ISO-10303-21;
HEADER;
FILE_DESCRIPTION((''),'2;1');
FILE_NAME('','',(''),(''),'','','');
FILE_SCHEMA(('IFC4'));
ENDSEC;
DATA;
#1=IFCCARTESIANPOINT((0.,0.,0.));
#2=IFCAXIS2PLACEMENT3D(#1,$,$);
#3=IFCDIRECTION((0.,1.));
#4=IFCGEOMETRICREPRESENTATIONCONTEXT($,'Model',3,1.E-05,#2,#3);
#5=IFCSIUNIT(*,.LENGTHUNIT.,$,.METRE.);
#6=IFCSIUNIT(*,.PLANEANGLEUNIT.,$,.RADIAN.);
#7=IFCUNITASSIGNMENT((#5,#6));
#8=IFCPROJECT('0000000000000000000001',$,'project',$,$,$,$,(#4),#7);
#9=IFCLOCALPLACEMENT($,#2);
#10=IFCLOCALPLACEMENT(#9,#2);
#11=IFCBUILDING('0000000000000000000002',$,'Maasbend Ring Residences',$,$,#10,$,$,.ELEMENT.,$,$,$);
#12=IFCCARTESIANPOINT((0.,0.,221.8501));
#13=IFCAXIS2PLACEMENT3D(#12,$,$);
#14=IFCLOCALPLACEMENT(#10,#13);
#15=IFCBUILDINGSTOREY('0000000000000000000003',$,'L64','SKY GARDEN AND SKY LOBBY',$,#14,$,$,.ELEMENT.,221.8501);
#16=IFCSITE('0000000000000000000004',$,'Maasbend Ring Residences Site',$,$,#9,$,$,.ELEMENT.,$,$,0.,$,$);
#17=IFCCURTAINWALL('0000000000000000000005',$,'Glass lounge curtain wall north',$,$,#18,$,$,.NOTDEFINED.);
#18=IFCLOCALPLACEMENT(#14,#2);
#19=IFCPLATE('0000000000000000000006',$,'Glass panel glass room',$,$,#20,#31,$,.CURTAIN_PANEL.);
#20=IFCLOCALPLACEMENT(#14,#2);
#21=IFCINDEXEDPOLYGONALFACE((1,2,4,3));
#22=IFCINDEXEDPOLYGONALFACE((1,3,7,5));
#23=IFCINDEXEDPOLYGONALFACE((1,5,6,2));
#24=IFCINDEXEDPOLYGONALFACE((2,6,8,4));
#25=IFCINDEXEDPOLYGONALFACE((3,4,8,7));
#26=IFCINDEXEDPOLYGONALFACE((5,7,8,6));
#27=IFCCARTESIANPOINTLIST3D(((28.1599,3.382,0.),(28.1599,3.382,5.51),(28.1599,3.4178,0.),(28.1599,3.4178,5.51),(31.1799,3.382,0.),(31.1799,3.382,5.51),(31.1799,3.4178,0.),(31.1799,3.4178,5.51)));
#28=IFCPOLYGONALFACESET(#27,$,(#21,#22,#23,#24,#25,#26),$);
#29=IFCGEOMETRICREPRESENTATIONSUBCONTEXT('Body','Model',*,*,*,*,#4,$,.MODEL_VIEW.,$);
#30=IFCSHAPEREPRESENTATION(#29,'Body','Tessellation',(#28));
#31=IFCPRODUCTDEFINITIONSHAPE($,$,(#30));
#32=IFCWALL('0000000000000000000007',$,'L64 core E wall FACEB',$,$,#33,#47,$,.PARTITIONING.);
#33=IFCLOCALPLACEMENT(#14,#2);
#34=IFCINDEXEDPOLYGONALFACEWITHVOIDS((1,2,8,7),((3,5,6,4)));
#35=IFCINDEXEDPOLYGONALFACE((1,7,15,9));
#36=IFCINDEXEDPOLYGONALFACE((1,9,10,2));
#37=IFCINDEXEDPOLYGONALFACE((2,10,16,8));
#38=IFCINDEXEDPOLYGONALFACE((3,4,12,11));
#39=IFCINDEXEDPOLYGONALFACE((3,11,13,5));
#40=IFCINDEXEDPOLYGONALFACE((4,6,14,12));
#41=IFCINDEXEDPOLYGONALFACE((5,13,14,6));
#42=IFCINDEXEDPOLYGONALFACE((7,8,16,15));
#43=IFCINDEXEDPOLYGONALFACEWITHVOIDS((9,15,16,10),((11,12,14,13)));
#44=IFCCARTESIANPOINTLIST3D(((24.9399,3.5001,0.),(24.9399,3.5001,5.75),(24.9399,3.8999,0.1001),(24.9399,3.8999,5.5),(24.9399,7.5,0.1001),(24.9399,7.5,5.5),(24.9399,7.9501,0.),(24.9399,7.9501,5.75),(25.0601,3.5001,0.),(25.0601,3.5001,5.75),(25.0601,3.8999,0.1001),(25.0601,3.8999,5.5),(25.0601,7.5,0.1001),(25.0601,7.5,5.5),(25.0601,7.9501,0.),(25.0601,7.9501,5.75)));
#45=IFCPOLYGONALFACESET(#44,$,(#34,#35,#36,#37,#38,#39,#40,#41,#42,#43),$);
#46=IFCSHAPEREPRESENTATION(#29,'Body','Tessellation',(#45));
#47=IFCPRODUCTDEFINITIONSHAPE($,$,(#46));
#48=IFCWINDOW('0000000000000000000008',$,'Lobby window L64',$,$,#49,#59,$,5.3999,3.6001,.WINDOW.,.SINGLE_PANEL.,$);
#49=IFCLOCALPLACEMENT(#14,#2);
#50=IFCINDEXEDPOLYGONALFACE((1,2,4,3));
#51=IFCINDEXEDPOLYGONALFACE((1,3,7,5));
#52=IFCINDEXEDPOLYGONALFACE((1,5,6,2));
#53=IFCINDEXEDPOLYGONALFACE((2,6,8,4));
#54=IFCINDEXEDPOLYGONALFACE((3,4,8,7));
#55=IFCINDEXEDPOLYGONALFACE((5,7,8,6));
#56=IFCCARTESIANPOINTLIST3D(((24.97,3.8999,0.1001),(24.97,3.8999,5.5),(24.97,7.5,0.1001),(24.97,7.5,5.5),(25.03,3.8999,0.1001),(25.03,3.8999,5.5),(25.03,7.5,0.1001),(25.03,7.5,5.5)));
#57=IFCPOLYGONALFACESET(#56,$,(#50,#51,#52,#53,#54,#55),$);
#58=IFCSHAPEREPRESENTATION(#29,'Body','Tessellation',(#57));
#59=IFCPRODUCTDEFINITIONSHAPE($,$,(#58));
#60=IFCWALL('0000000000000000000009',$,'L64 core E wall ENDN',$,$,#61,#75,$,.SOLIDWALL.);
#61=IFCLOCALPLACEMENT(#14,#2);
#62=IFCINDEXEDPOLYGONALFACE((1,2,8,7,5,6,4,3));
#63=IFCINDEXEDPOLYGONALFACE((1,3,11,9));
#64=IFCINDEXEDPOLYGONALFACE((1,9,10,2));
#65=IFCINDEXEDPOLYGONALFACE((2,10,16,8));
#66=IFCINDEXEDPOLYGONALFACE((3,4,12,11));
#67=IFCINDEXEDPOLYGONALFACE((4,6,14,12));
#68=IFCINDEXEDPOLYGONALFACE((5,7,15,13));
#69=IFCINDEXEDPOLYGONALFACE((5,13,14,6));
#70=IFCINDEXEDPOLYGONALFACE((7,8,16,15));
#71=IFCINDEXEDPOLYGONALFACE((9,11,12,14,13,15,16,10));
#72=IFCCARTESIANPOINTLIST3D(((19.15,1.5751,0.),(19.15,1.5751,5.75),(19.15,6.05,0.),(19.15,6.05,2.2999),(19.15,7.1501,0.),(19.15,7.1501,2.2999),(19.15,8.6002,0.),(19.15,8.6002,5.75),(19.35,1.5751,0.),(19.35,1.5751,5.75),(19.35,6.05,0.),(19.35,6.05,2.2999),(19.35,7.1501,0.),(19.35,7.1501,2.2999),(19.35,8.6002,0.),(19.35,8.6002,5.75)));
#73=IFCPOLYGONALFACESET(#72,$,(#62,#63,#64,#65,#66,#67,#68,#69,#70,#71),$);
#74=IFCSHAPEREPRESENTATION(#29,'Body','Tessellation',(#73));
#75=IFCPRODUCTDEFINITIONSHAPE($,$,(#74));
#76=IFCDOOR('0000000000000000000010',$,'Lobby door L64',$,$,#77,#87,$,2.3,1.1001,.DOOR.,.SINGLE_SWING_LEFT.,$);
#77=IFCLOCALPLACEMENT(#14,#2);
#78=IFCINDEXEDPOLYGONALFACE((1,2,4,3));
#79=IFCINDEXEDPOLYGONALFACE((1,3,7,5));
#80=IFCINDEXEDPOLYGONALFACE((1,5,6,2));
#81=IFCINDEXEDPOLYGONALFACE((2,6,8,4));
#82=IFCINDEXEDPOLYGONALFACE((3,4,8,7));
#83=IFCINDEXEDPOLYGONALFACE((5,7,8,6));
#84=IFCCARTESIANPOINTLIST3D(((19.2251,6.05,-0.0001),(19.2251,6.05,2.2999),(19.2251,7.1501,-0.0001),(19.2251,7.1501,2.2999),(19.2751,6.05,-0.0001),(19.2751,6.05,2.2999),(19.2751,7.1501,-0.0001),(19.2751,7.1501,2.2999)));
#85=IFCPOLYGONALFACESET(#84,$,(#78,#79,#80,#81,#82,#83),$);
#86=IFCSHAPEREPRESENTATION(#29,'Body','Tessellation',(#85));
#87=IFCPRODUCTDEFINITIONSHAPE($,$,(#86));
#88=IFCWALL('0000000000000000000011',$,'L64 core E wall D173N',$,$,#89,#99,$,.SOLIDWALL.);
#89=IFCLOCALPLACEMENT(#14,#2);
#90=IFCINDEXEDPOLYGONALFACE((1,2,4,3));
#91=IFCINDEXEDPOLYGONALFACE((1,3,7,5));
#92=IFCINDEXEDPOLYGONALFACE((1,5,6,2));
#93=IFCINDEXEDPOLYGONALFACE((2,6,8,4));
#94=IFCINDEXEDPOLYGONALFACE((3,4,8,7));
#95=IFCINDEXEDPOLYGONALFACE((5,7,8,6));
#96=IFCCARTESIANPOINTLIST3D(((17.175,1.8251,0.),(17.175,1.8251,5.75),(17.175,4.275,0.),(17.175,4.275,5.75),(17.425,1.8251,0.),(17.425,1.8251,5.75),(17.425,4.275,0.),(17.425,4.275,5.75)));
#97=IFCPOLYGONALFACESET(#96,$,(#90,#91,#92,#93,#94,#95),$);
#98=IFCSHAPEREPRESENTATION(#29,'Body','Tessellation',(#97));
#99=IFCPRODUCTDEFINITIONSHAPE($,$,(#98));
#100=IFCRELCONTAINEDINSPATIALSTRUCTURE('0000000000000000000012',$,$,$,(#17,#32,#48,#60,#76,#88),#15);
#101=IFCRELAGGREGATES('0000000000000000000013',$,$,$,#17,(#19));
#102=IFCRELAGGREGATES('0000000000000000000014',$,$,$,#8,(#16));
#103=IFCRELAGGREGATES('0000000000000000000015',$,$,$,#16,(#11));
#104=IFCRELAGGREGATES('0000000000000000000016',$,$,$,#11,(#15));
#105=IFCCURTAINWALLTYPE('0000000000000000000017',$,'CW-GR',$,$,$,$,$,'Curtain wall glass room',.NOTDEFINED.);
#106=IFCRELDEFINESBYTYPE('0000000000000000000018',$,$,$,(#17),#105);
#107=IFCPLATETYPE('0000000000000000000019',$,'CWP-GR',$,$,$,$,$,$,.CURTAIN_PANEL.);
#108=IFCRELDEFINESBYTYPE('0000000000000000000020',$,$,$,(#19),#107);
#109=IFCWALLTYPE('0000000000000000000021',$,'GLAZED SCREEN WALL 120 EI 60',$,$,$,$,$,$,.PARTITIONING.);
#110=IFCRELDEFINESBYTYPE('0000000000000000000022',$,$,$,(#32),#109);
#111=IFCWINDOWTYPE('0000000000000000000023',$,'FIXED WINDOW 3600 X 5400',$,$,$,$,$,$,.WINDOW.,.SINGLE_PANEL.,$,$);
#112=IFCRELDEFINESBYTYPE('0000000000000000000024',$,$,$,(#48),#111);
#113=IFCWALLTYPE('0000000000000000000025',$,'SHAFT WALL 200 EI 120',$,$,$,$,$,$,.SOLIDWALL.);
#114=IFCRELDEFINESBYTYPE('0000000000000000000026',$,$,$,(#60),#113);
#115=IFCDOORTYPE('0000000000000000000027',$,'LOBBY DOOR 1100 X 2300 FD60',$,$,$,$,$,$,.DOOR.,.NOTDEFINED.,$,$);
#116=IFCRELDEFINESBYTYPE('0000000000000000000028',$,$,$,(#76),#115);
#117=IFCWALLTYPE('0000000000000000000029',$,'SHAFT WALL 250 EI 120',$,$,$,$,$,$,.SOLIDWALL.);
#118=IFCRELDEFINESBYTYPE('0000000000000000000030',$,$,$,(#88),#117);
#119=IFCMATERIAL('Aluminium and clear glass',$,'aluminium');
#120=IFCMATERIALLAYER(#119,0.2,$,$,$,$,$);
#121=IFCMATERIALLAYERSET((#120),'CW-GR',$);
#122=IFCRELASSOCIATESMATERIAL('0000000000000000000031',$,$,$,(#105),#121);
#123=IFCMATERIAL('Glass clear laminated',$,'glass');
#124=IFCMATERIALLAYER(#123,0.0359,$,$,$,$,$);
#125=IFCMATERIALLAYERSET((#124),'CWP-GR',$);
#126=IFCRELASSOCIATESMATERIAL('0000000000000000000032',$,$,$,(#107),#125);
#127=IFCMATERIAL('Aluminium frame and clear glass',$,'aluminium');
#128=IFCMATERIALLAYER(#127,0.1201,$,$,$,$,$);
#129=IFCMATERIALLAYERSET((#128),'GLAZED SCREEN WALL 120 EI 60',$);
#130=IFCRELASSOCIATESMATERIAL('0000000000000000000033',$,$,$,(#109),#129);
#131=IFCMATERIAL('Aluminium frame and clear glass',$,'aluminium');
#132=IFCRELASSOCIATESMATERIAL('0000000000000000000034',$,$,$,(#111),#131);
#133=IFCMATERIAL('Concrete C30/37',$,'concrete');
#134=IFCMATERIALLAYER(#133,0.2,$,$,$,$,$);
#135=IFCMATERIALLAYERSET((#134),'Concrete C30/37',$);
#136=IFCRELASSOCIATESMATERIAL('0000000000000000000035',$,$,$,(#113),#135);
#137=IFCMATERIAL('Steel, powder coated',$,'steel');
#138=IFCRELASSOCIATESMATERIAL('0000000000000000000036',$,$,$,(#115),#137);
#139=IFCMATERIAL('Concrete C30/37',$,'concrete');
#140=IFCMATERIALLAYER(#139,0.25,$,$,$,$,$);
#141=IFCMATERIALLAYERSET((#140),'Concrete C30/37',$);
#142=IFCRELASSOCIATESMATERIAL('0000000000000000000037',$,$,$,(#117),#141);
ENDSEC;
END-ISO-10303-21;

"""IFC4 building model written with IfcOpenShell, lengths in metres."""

from ifc_helpers import new_model, si_unit, direction, frame, frame_2d, origin, origin_2d, place, context, subcontext, project, spatial, rectangle, extrude, material, layer, layer_set, type_object, element, fill, aggregate, save


model = new_model("IFC4")

# Units and contexts
model_context = context("Model", 3, precision=1e-05, world=origin(), true_north=direction((0.0, 1.0)))
body_context = subcontext(model_context, "Body", "Model", "MODEL_VIEW")
ifc_project = project(units=[si_unit("LENGTHUNIT", "METRE"), si_unit("PLANEANGLEUNIT", "RADIAN")], contexts=[model_context])

# Site, building, storey
site_placement = place(None, origin())
site = spatial("IfcSite", under=ifc_project, at=site_placement, Name="Maasbend Ring Residences Site", CompositionType="ELEMENT", RefElevation=0.0)
building_placement = place(site_placement, origin())
building = spatial("IfcBuilding", under=site, at=building_placement, Name="Maasbend Ring Residences", CompositionType="ELEMENT")
storey_placement = place(building_placement, frame((0.0, 0.0, 221.8501)))
storey = spatial("IfcBuildingStorey", under=building, at=storey_placement, Name="L64", Description="SKY GARDEN AND SKY LOBBY", CompositionType="ELEMENT", Elevation=221.8501)

# Curtain wall
ifc_material_1 = material(Name="Aluminium and clear glass", Category="aluminium")
ifc_layer_1 = layer(ifc_material_1, 0.2)
ifc_layer_set_1 = layer_set([ifc_layer_1], Name="CW-GR")
curtain_wall_type = type_object("IfcCurtainWallType", Name="CW-GR", ElementType="Curtain wall glass room", PredefinedType="NOTDEFINED", material=ifc_layer_set_1)
curtain_wall_1_placement = place(storey_placement, origin())
curtain_wall_1 = element("IfcCurtainWall", 1, at=curtain_wall_1_placement, inside=storey, type_object=curtain_wall_type, Name="Glass lounge curtain wall north", PredefinedType="NOTDEFINED")

# Plate
ifc_material_2 = material(Name="Glass clear laminated", Category="glass")
ifc_layer_2 = layer(ifc_material_2, 0.0359)
ifc_layer_set_2 = layer_set([ifc_layer_2], Name="CWP-GR")
plate_type = type_object("IfcPlateType", Name="CWP-GR", PredefinedType="CURTAIN_PANEL", material=ifc_layer_set_2)
plate_1_placement = place(storey_placement, frame((29.6699, 3.3999, 0.0), z_axis=(0.0, 0.0, 1.0), x_axis=(1.0, 0.0, 0.0)))
plate_1 = element("IfcPlate", 2, at=plate_1_placement, type_object=plate_type, Name="Glass panel glass room", PredefinedType="CURTAIN_PANEL", context=body_context, shape_type="SweptSolid", body=[
    extrude(rectangle(XDim=3.02, YDim=0.0359, at=origin_2d()), origin(), (0.0, 0.0, 1.0), 5.51),
])
aggregate(curtain_wall_1, [plate_1])

# Wall, opening, window
ifc_material_3 = material(Name="Aluminium frame and clear glass", Category="aluminium")
ifc_layer_3 = layer(ifc_material_3, 0.1201)
ifc_layer_set_3 = layer_set([ifc_layer_3], Name="GLAZED SCREEN WALL 120 EI 60")
wall_type_1 = type_object("IfcWallType", Name="GLAZED SCREEN WALL 120 EI 60", PredefinedType="PARTITIONING", material=ifc_layer_set_3)
wall_1_placement = place(storey_placement, frame((25.0, 3.5, 0.0), z_axis=(0.0, 0.0, 1.0), x_axis=(0.0, 1.0, 0.0)))
wall_1 = element("IfcWall", 3, at=wall_1_placement, inside=storey, type_object=wall_type_1, Name="L64 core E wall FACEB", PredefinedType="PARTITIONING", context=body_context, shape_type="SweptSolid", body=[
    extrude(rectangle(XDim=4.45, YDim=0.1201, at=frame_2d((2.2251, 0.0))), origin(), (0.0, 0.0, 1.0), 5.75),
])
opening_1_placement = place(wall_1_placement, frame((0.3999, 0.0, 0.1001)))
opening_1 = element("IfcOpeningElement", 4, at=opening_1_placement, cuts=wall_1, PredefinedType="OPENING", context=body_context, shape_type="SweptSolid", body=[
    extrude(rectangle(XDim=3.6001, YDim=5.3999, at=frame_2d((1.8, 2.7))), frame((0.0, 0.0701, 0.0), z_axis=(0.0, -1.0, 0.0), x_axis=(1.0, 0.0, 0.0)), (0.0, 0.0, 1.0), 0.1401),
])
ifc_material_4 = material(Name="Aluminium frame and clear glass", Category="aluminium")
window_type = type_object("IfcWindowType", Name="FIXED WINDOW 3600 X 5400", PartitioningType="SINGLE_PANEL", PredefinedType="WINDOW", material=ifc_material_4)
window_placement = place(opening_1_placement, origin())
window = element("IfcWindow", 5, at=window_placement, inside=storey, type_object=window_type, Name="Lobby window L64", OverallHeight=5.3999, OverallWidth=3.6001, PartitioningType="SINGLE_PANEL", PredefinedType="WINDOW", context=body_context, shape_type="SweptSolid", body=[
    extrude(rectangle(XDim=3.6001, YDim=5.3999, at=frame_2d((1.8, 2.7))), frame((0.0, 0.03, 0.0), z_axis=(0.0, -1.0, 0.0), x_axis=(1.0, 0.0, 0.0)), (0.0, 0.0, 1.0), 0.0601),
])
fill(opening_1, window)

# Wall, opening, door
ifc_material_5 = material(Name="Concrete C30/37", Category="concrete")
ifc_layer_4 = layer(ifc_material_5, 0.2)
ifc_layer_set_4 = layer_set([ifc_layer_4], Name="Concrete C30/37")
wall_type_2 = type_object("IfcWallType", Name="SHAFT WALL 200 EI 120", PredefinedType="SOLIDWALL", material=ifc_layer_set_4)
wall_2_placement = place(storey_placement, frame((19.25, 1.575, 0.0), z_axis=(0.0, 0.0, 1.0), x_axis=(0.0, 1.0, 0.0)))
wall_2 = element("IfcWall", 6, at=wall_2_placement, inside=storey, type_object=wall_type_2, Name="L64 core E wall ENDN", PredefinedType="SOLIDWALL", context=body_context, shape_type="SweptSolid", body=[
    extrude(rectangle(XDim=7.0251, YDim=0.2, at=frame_2d((3.5127, 0.0))), origin(), (0.0, 0.0, 1.0), 5.75),
])
opening_2_placement = place(wall_2_placement, frame((4.4751, 0.0, 0.0)))
opening_2 = element("IfcOpeningElement", 7, at=opening_2_placement, cuts=wall_2, PredefinedType="OPENING", context=body_context, shape_type="SweptSolid", body=[
    extrude(rectangle(XDim=1.1001, YDim=2.3, at=frame_2d((0.55, 1.1499))), frame((0.0, 0.1099, 0.0), z_axis=(0.0, -1.0, 0.0), x_axis=(1.0, 0.0, 0.0)), (0.0, 0.0, 1.0), 0.22),
])
ifc_material_6 = material(Name="Steel, powder coated", Category="steel")
door_type = type_object("IfcDoorType", Name="LOBBY DOOR 1100 X 2300 FD60", OperationType="NOTDEFINED", PredefinedType="DOOR", material=ifc_material_6)
door_placement = place(opening_2_placement, origin())
door = element("IfcDoor", 8, at=door_placement, inside=storey, type_object=door_type, Name="Lobby door L64", OperationType="SINGLE_SWING_LEFT", OverallHeight=2.3, OverallWidth=1.1001, PredefinedType="DOOR", context=body_context, shape_type="SweptSolid", body=[
    extrude(rectangle(XDim=1.1001, YDim=2.3, at=frame_2d((0.55, 1.1499))), frame((0.0, 0.0249, 0.0), z_axis=(0.0, -1.0, 0.0), x_axis=(1.0, 0.0, 0.0)), (0.0, 0.0, 1.0), 0.05),
])
fill(opening_2, door)

# Wall
ifc_material_7 = material(Name="Concrete C30/37", Category="concrete")
ifc_layer_5 = layer(ifc_material_7, 0.25)
ifc_layer_set_5 = layer_set([ifc_layer_5], Name="Concrete C30/37")
wall_type_3 = type_object("IfcWallType", Name="SHAFT WALL 250 EI 120", PredefinedType="SOLIDWALL", material=ifc_layer_set_5)
wall_3_placement = place(storey_placement, frame((17.3, 1.825, 0.0), z_axis=(0.0, 0.0, 1.0), x_axis=(0.0, 1.0, 0.0)))
element("IfcWall", 9, at=wall_3_placement, inside=storey, type_object=wall_type_3, Name="L64 core E wall D173N", PredefinedType="SOLIDWALL", context=body_context, shape_type="SweptSolid", body=[
    extrude(rectangle(XDim=2.45, YDim=0.25, at=frame_2d((1.2251, 0.0))), origin(), (0.0, 0.0, 1.0), 5.75),
])

save(model, "model.ifc")
